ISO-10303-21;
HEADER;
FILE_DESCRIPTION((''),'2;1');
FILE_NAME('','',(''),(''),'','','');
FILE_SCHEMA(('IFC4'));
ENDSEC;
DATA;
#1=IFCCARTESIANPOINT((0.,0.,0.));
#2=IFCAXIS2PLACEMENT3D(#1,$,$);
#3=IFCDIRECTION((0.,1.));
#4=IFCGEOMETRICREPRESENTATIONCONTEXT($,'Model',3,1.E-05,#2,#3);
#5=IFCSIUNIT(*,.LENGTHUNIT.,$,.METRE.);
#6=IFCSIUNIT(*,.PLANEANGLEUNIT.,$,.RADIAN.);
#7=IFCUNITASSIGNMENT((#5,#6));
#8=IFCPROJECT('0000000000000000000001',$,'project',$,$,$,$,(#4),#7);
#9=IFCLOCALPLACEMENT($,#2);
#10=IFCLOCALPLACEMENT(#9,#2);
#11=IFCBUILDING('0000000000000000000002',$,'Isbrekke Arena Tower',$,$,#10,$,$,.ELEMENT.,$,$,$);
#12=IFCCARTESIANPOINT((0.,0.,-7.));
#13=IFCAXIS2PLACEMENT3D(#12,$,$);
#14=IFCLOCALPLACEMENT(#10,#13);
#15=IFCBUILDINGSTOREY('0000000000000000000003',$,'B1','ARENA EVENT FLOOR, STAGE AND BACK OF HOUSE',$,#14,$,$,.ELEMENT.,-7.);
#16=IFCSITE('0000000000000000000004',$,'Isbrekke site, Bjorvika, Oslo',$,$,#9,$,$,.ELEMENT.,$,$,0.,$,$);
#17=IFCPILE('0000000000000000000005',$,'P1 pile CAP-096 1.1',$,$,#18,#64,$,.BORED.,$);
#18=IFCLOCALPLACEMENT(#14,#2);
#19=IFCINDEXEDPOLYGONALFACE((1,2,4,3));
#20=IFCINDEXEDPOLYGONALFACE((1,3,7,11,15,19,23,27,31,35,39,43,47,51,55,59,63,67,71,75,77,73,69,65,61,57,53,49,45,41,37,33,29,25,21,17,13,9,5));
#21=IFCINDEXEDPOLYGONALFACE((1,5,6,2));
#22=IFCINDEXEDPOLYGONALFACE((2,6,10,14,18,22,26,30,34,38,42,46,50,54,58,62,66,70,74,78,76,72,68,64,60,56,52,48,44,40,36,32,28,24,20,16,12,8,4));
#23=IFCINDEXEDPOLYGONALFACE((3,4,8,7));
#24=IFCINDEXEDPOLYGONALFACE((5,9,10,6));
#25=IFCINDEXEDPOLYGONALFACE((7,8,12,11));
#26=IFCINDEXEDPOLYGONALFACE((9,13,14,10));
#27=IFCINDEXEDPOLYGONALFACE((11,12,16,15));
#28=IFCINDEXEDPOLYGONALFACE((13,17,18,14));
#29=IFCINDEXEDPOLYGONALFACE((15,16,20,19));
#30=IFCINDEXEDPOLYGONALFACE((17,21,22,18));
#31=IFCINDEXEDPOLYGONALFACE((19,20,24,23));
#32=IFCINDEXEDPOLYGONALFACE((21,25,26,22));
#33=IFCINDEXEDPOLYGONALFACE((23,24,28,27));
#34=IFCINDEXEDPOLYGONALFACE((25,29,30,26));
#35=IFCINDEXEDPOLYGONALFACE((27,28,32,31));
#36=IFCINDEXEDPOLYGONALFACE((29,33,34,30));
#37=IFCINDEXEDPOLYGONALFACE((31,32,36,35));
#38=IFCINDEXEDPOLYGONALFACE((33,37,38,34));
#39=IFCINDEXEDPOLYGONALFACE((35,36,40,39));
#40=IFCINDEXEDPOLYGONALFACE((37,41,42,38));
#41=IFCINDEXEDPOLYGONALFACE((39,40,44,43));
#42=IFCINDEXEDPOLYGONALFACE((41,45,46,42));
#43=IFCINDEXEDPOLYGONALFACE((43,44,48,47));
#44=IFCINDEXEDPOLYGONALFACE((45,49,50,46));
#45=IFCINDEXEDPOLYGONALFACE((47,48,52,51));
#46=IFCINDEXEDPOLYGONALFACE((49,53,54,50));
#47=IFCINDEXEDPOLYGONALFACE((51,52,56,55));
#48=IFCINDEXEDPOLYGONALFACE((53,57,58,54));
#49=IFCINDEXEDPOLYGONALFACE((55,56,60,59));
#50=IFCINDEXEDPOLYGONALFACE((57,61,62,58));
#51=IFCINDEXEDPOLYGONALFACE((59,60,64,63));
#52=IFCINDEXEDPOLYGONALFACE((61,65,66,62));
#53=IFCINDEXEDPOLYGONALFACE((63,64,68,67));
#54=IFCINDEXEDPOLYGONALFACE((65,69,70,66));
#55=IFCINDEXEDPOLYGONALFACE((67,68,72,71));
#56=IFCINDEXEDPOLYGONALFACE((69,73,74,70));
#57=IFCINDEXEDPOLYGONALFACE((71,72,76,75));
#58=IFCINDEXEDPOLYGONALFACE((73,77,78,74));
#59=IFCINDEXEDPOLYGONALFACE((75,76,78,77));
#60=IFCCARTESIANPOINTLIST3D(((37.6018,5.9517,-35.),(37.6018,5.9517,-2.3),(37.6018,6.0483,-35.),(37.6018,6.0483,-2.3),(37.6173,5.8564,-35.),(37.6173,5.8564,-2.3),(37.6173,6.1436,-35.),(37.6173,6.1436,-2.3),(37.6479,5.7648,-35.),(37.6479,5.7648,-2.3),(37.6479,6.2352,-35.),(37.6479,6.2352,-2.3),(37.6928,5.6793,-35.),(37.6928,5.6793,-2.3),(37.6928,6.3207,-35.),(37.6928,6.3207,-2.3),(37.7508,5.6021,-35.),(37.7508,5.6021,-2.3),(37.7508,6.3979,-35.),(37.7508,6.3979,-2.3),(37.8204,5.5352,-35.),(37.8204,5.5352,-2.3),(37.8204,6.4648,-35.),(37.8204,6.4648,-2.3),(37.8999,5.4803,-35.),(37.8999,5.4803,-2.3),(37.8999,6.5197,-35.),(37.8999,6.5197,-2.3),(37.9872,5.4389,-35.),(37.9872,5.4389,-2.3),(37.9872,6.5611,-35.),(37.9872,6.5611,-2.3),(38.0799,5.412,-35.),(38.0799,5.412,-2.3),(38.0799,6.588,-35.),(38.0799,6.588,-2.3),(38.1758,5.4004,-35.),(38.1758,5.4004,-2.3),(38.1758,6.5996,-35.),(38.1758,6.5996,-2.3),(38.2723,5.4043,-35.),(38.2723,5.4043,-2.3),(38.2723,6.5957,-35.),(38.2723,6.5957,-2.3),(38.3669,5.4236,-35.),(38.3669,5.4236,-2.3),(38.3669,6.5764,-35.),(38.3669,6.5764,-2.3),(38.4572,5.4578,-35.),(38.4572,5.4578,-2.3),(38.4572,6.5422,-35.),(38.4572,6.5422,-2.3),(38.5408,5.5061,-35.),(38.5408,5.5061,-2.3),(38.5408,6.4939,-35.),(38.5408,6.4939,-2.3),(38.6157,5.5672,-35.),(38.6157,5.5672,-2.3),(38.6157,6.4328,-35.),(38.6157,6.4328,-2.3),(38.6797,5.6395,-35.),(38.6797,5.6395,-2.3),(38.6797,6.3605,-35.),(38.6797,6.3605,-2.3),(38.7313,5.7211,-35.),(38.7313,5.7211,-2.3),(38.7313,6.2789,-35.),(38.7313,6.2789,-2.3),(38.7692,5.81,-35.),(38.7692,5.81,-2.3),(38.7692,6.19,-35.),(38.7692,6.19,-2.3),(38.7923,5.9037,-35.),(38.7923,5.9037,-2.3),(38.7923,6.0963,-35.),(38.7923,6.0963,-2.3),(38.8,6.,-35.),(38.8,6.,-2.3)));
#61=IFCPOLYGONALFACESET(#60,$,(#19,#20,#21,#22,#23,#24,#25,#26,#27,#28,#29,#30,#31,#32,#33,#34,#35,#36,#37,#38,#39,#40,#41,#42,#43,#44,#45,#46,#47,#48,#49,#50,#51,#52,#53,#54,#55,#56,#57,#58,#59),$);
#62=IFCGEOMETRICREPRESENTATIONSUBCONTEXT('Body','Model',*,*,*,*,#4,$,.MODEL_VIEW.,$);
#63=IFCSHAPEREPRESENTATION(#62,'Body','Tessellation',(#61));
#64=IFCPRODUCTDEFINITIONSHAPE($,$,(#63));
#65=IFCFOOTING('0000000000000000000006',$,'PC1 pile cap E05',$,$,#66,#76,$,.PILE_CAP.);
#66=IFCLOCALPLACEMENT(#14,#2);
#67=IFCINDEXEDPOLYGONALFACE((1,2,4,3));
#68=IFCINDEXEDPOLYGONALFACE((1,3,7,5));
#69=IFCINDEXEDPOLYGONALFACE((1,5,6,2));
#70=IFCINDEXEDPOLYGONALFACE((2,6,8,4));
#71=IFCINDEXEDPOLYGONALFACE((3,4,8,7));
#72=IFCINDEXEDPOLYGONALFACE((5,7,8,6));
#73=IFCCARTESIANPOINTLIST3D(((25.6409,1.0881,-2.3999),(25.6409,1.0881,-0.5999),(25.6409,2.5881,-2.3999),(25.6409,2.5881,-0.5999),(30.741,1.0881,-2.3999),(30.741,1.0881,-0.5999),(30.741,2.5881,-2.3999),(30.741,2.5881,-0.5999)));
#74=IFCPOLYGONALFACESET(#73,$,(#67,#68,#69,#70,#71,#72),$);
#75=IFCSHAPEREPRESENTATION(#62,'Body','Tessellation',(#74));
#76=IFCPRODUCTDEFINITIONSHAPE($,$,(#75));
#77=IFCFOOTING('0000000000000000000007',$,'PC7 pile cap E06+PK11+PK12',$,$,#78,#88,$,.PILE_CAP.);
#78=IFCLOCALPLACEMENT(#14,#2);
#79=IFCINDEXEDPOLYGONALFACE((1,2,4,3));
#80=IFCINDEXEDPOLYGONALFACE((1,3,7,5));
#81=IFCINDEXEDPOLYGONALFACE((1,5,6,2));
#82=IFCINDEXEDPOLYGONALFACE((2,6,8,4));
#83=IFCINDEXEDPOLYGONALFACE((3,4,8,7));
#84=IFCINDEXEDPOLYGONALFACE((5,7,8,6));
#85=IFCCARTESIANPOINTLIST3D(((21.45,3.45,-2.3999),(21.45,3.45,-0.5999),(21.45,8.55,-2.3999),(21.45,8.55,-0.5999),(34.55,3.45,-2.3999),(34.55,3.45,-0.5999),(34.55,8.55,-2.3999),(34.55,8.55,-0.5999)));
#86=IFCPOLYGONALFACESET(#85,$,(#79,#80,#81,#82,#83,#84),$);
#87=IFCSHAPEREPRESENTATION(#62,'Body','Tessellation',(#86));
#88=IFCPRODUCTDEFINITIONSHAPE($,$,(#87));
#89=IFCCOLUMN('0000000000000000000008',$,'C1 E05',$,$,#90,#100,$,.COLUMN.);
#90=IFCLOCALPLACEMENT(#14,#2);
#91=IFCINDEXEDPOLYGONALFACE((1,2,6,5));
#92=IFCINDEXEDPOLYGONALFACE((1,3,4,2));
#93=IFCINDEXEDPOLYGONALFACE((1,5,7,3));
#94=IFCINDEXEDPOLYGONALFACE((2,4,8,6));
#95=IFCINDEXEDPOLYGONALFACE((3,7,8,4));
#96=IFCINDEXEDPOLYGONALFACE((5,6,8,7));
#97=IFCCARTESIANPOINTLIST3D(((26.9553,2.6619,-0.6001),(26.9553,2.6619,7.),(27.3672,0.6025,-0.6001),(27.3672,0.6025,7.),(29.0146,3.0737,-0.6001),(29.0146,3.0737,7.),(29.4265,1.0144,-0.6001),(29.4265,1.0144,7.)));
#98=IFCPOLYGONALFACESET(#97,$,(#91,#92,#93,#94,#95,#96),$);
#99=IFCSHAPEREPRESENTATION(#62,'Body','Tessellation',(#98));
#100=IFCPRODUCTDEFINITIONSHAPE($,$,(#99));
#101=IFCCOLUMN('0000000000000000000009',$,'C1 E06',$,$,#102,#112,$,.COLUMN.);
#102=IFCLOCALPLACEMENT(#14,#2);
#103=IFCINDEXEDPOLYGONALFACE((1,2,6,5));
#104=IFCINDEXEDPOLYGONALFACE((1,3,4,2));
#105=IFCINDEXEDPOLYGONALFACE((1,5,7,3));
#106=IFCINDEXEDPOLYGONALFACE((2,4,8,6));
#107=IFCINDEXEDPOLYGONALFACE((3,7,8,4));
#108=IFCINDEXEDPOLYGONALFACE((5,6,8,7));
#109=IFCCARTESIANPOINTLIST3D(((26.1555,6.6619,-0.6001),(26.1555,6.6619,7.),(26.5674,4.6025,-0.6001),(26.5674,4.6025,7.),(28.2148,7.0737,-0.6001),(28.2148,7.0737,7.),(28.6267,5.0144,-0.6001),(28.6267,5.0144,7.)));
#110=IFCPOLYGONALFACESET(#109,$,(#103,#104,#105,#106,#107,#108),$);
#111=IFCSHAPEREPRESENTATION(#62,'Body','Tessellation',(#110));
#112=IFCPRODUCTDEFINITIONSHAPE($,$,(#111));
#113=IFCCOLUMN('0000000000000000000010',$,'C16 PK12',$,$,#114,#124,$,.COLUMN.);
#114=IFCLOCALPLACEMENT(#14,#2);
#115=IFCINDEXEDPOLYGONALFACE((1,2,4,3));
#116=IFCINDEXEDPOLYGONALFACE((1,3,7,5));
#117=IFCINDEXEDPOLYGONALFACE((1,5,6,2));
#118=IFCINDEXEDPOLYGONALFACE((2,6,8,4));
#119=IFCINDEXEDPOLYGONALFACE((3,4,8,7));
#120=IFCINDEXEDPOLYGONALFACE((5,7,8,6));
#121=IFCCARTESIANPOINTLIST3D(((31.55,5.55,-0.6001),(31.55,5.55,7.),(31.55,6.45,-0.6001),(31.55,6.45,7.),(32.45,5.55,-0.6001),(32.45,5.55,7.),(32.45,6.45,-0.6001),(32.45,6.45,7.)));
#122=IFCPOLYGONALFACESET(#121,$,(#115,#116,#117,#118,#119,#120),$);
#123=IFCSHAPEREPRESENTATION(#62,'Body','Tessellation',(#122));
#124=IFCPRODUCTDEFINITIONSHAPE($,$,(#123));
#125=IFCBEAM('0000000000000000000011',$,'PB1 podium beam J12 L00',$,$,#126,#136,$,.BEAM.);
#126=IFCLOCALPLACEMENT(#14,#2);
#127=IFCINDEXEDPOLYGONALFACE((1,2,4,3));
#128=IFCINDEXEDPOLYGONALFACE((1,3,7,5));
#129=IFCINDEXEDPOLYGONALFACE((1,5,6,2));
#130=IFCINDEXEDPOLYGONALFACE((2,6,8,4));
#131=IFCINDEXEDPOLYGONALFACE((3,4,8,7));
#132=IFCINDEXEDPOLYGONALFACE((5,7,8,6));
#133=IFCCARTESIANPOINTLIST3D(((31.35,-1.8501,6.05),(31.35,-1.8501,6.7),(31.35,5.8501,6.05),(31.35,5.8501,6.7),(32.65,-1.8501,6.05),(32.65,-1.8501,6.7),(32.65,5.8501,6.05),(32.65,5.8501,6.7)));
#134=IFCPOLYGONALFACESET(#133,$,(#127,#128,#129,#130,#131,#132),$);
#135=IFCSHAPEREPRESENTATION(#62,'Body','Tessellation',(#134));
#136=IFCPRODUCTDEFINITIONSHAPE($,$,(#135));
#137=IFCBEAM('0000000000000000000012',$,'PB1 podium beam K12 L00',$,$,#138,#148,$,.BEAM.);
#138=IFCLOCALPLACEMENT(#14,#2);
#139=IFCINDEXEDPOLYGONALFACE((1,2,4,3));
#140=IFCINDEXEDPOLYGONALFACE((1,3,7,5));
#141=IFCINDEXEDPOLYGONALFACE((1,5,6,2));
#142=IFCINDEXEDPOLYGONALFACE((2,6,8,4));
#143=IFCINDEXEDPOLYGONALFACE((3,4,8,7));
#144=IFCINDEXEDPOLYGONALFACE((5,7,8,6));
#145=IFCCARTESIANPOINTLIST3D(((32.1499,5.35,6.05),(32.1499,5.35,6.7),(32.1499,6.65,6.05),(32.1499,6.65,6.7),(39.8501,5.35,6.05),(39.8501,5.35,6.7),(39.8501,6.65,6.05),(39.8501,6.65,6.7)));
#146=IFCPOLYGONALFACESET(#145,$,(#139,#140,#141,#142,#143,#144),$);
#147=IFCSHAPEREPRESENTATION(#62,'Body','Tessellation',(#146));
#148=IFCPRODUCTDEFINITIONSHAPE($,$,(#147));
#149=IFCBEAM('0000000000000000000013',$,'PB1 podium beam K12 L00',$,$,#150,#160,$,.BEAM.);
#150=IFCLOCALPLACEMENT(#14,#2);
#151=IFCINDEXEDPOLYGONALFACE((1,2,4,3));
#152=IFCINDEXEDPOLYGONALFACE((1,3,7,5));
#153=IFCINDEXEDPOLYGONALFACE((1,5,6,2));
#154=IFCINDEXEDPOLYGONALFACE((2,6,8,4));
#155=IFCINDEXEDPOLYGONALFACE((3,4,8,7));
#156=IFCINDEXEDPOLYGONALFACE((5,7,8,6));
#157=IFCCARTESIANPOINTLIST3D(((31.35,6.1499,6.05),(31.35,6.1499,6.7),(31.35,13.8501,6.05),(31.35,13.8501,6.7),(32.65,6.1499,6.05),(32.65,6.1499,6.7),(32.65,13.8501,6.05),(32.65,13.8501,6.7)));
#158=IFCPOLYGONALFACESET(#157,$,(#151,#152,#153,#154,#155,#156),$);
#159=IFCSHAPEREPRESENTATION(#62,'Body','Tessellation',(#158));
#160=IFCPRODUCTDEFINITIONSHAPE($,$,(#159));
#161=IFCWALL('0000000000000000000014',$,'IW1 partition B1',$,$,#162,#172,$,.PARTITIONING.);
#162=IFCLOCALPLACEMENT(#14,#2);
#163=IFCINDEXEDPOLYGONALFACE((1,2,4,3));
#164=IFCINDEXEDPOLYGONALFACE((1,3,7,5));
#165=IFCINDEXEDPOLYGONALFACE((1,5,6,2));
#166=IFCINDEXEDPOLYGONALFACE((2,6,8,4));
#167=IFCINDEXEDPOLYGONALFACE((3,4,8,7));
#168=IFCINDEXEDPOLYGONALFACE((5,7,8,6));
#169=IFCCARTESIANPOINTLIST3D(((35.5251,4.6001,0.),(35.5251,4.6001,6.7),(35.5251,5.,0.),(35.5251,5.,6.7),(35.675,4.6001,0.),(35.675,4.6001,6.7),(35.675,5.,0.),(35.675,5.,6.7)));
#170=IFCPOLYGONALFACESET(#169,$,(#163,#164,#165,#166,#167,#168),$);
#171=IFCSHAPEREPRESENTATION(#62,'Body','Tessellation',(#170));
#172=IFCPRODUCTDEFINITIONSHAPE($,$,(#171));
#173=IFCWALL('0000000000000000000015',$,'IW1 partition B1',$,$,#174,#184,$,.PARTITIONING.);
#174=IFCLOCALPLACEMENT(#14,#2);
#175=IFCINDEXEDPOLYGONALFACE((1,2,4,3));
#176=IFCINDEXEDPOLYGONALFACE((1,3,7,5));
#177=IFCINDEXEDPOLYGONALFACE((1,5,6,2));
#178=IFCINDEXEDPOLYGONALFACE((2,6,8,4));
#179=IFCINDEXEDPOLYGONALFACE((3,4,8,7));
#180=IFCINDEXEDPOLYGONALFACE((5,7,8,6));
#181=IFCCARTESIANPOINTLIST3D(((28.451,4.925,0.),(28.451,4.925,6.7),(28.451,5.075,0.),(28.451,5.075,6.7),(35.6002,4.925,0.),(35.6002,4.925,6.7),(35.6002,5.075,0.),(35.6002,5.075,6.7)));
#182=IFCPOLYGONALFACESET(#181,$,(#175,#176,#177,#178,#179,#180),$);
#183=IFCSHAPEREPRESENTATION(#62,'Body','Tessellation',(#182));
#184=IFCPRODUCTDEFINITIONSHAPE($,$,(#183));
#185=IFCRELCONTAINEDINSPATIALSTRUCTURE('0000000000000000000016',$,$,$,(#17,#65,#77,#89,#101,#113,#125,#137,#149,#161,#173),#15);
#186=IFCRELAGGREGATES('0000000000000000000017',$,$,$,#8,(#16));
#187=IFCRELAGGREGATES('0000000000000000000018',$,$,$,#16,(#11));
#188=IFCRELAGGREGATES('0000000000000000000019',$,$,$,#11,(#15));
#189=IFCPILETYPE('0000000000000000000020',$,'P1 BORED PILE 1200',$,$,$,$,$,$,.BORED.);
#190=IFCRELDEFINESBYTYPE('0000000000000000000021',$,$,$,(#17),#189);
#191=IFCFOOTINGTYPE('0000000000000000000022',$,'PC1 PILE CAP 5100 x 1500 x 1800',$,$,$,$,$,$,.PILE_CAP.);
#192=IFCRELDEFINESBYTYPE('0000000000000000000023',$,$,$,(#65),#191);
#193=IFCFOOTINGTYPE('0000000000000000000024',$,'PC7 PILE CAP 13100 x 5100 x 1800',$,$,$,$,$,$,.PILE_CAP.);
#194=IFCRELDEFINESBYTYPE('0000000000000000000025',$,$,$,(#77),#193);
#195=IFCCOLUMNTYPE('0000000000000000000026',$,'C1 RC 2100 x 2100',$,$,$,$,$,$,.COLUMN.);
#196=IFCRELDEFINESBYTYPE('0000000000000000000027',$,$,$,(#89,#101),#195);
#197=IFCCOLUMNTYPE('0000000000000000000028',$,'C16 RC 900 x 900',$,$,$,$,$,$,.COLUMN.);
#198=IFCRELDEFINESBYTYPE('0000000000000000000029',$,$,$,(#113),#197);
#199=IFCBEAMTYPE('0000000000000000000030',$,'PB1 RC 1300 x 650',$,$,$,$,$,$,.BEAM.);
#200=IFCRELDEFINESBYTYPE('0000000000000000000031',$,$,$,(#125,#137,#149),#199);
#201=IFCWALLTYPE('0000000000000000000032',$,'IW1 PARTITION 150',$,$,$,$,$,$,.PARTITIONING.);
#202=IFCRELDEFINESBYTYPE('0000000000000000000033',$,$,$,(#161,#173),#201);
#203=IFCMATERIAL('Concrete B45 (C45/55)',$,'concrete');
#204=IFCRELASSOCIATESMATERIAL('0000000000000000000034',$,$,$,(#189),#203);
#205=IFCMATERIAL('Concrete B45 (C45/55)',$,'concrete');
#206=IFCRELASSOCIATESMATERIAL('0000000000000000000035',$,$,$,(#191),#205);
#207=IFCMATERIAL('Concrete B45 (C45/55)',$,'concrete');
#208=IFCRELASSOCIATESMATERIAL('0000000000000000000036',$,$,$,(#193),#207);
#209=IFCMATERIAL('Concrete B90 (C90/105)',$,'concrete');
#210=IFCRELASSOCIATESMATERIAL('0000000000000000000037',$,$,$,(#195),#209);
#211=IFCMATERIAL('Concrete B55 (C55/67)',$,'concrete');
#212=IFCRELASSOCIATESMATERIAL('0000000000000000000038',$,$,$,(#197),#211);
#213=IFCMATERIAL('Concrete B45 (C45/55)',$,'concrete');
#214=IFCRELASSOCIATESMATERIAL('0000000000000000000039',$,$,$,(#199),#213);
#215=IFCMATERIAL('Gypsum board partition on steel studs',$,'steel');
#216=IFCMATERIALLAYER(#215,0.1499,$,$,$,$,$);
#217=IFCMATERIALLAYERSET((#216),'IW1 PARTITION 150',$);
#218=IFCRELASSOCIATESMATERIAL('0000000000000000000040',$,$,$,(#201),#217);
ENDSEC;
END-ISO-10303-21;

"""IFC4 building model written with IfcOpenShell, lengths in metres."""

from ifc_helpers import new_model, si_unit, direction, frame, frame_2d, origin, origin_2d, place, context, subcontext, project, spatial, rectangle, circle, extrude, material, layer, layer_set, material_profile, profile_set, type_object, element, save


model = new_model("IFC4")

# Units and contexts
model_context = context("Model", 3, precision=1e-05, world=origin(), true_north=direction((0.0, 1.0)))
body_context = subcontext(model_context, "Body", "Model", "MODEL_VIEW")
ifc_project = project(units=[si_unit("LENGTHUNIT", "METRE"), si_unit("PLANEANGLEUNIT", "RADIAN")], contexts=[model_context])

# Site, building, storey
site_placement = place(None, origin())
site = spatial("IfcSite", under=ifc_project, at=site_placement, Name="Isbrekke site, Bjorvika, Oslo", CompositionType="ELEMENT", RefElevation=0.0)
building_placement = place(site_placement, origin())
building = spatial("IfcBuilding", under=site, at=building_placement, Name="Isbrekke Arena Tower", CompositionType="ELEMENT")
storey_placement = place(building_placement, frame((0.0, 0.0, -7.0)))
storey = spatial("IfcBuildingStorey", under=building, at=storey_placement, Name="B1", Description="ARENA EVENT FLOOR, STAGE AND BACK OF HOUSE", CompositionType="ELEMENT", Elevation=-7.0)

# Pile
ifc_material_1 = material(Name="Concrete B45 (C45/55)", Category="concrete")
ifc_material_profile_1 = material_profile(ifc_material_1, circle(Radius=0.6001, at=origin_2d()), Name="BORED PILE D1200")
ifc_profile_set_1 = profile_set([ifc_material_profile_1], Name="Concrete B45 (C45/55)")
pile_type = type_object("IfcPileType", Name="P1 BORED PILE 1200", PredefinedType="BORED", material=ifc_profile_set_1)
for number, where, z_axis, x_axis, name in (
    (1, (38.2, 6.0, -2.3), (0.0, 0.0, -1.0), (1.0, 0.0, 0.0), "P1 pile CAP-096 1.1"),
):
    element("IfcPile", number, at=place(storey_placement, frame(where, z_axis=z_axis, x_axis=x_axis)), inside=storey, type_object=pile_type, Name=name, PredefinedType="BORED", context=body_context, shape_type="SweptSolid", body=[
        extrude(circle(Radius=0.6001, at=origin_2d()), origin(), (0.0, 0.0, 1.0), 32.7),
    ])

# Footings
ifc_material_2 = material(Name="Concrete B45 (C45/55)", Category="concrete")
footing_type_1 = type_object("IfcFootingType", Name="PC1 PILE CAP 5100 x 1500 x 1800", PredefinedType="PILE_CAP", material=ifc_material_2)
footing_1_placement = place(storey_placement, frame((28.1909, 1.8381, -2.3999), z_axis=(0.0, 0.0, 1.0), x_axis=(1.0, 0.0, 0.0)))
element("IfcFooting", 2, at=footing_1_placement, inside=storey, type_object=footing_type_1, Name="PC1 pile cap E05", PredefinedType="PILE_CAP", context=body_context, shape_type="SweptSolid", body=[
    extrude(rectangle(XDim=5.1001, YDim=1.5, at=origin_2d()), origin(), (0.0, 0.0, 1.0), 1.8),
])
ifc_material_3 = material(Name="Concrete B45 (C45/55)", Category="concrete")
footing_type_2 = type_object("IfcFootingType", Name="PC7 PILE CAP 13100 x 5100 x 1800", PredefinedType="PILE_CAP", material=ifc_material_3)
footing_2_placement = place(storey_placement, frame((28.0, 6.0, -2.3999), z_axis=(0.0, 0.0, 1.0), x_axis=(1.0, 0.0, 0.0)))
element("IfcFooting", 3, at=footing_2_placement, inside=storey, type_object=footing_type_2, Name="PC7 pile cap E06+PK11+PK12", PredefinedType="PILE_CAP", context=body_context, shape_type="SweptSolid", body=[
    extrude(rectangle(XDim=13.1001, YDim=5.1001, at=origin_2d()), origin(), (0.0, 0.0, 1.0), 1.8),
])

# Columns
ifc_material_4 = material(Name="Concrete B90 (C90/105)", Category="concrete")
ifc_material_profile_2 = material_profile(ifc_material_4, rectangle(XDim=2.1001, YDim=2.1001, at=origin_2d()), Name="RC 2100x2100")
ifc_profile_set_2 = profile_set([ifc_material_profile_2], Name="Concrete B90 (C90/105)")
column_type_1 = type_object("IfcColumnType", Name="C1 RC 2100 x 2100", PredefinedType="COLUMN", material=ifc_profile_set_2)
for number, where, z_axis, x_axis, name in (
    (4, (28.1909, 1.8381, -0.6001), (0.0, 0.0, 1.0), (-0.196116, 0.980581, 0.0), "C1 E05"),
    (5, (27.3911, 5.8381, -0.6001), (0.0, 0.0, 1.0), (-0.196116, 0.980581, 0.0), "C1 E06"),
):
    element("IfcColumn", number, at=place(storey_placement, frame(where, z_axis=z_axis, x_axis=x_axis)), inside=storey, type_object=column_type_1, Name=name, PredefinedType="COLUMN", context=body_context, shape_type="SweptSolid", body=[
        extrude(rectangle(XDim=2.1001, YDim=2.1001, at=origin_2d()), origin(), (0.0, 0.0, 1.0), 7.6001),
    ])
ifc_material_5 = material(Name="Concrete B55 (C55/67)", Category="concrete")
ifc_material_profile_3 = material_profile(ifc_material_5, rectangle(XDim=0.8999, YDim=0.8999, at=origin_2d()), Name="RC 900x900")
ifc_profile_set_3 = profile_set([ifc_material_profile_3], Name="Concrete B55 (C55/67)")
column_type_2 = type_object("IfcColumnType", Name="C16 RC 900 x 900", PredefinedType="COLUMN", material=ifc_profile_set_3)
column_placement = place(storey_placement, frame((32.0, 6.0, -0.6001), z_axis=(0.0, 0.0, 1.0), x_axis=(1.0, 0.0, 0.0)))
element("IfcColumn", 6, at=column_placement, inside=storey, type_object=column_type_2, Name="C16 PK12", PredefinedType="COLUMN", context=body_context, shape_type="SweptSolid", body=[
    extrude(rectangle(XDim=0.8999, YDim=0.8999, at=origin_2d()), origin(), (0.0, 0.0, 1.0), 7.6001),
])

# Beams
ifc_material_6 = material(Name="Concrete B45 (C45/55)", Category="concrete")
ifc_material_profile_4 = material_profile(ifc_material_6, rectangle(XDim=1.3, YDim=0.6499, at=origin_2d()), Name="RC 1300x650")
ifc_profile_set_4 = profile_set([ifc_material_profile_4], Name="Concrete B45 (C45/55)")
beam_type = type_object("IfcBeamType", Name="PB1 RC 1300 x 650", PredefinedType="BEAM", material=ifc_profile_set_4)
for number, where, z_axis, x_axis, name in (
    (7, (32.0, -1.8501, 6.375), (0.0, 1.0, 0.0), (-1.0, 0.0, 0.0), "PB1 podium beam J12 L00"),
    (8, (32.1499, 6.0, 6.375), (1.0, 0.0, 0.0), (0.0, 1.0, 0.0), "PB1 podium beam K12 L00"),
    (9, (32.0, 6.1499, 6.375), (0.0, 1.0, 0.0), (-1.0, 0.0, 0.0), "PB1 podium beam K12 L00"),
):
    element("IfcBeam", number, at=place(storey_placement, frame(where, z_axis=z_axis, x_axis=x_axis)), inside=storey, type_object=beam_type, Name=name, PredefinedType="BEAM", context=body_context, shape_type="SweptSolid", body=[
        extrude(rectangle(XDim=1.3, YDim=0.6499, at=origin_2d()), origin(), (0.0, 0.0, 1.0), 7.7002),
    ])

# Walls
ifc_material_7 = material(Name="Gypsum board partition on steel studs", Category="steel")
ifc_layer_1 = layer(ifc_material_7, 0.1499)
ifc_layer_set_1 = layer_set([ifc_layer_1], Name="IW1 PARTITION 150")
wall_type_1 = type_object("IfcWallType", Name="IW1 PARTITION 150", PredefinedType="PARTITIONING", material=ifc_layer_set_1)
wall_1_placement = place(storey_placement, frame((35.6001, 4.6001, 0.0), z_axis=(0.0, 0.0, 1.0), x_axis=(0.0, 1.0, 0.0)))
element("IfcWall", 10, at=wall_1_placement, inside=storey, type_object=wall_type_1, Name="IW1 partition B1", PredefinedType="PARTITIONING", context=body_context, shape_type="SweptSolid", body=[
    extrude(rectangle(XDim=0.3999, YDim=0.1499, at=frame_2d((0.2, 0.0))), origin(), (0.0, 0.0, 1.0), 6.7),
])
wall_2_placement = place(storey_placement, frame((28.4509, 5.0, 0.0), z_axis=(0.0, 0.0, 1.0), x_axis=(1.0, 0.0, 0.0)))
element("IfcWall", 11, at=wall_2_placement, inside=storey, type_object=wall_type_1, Name="IW1 partition B1", PredefinedType="PARTITIONING", context=body_context, shape_type="SweptSolid", body=[
    extrude(rectangle(XDim=7.1492, YDim=0.1499, at=frame_2d((3.5747, 0.0))), origin(), (0.0, 0.0, 1.0), 6.7),
])

save(model, "model.ifc")
